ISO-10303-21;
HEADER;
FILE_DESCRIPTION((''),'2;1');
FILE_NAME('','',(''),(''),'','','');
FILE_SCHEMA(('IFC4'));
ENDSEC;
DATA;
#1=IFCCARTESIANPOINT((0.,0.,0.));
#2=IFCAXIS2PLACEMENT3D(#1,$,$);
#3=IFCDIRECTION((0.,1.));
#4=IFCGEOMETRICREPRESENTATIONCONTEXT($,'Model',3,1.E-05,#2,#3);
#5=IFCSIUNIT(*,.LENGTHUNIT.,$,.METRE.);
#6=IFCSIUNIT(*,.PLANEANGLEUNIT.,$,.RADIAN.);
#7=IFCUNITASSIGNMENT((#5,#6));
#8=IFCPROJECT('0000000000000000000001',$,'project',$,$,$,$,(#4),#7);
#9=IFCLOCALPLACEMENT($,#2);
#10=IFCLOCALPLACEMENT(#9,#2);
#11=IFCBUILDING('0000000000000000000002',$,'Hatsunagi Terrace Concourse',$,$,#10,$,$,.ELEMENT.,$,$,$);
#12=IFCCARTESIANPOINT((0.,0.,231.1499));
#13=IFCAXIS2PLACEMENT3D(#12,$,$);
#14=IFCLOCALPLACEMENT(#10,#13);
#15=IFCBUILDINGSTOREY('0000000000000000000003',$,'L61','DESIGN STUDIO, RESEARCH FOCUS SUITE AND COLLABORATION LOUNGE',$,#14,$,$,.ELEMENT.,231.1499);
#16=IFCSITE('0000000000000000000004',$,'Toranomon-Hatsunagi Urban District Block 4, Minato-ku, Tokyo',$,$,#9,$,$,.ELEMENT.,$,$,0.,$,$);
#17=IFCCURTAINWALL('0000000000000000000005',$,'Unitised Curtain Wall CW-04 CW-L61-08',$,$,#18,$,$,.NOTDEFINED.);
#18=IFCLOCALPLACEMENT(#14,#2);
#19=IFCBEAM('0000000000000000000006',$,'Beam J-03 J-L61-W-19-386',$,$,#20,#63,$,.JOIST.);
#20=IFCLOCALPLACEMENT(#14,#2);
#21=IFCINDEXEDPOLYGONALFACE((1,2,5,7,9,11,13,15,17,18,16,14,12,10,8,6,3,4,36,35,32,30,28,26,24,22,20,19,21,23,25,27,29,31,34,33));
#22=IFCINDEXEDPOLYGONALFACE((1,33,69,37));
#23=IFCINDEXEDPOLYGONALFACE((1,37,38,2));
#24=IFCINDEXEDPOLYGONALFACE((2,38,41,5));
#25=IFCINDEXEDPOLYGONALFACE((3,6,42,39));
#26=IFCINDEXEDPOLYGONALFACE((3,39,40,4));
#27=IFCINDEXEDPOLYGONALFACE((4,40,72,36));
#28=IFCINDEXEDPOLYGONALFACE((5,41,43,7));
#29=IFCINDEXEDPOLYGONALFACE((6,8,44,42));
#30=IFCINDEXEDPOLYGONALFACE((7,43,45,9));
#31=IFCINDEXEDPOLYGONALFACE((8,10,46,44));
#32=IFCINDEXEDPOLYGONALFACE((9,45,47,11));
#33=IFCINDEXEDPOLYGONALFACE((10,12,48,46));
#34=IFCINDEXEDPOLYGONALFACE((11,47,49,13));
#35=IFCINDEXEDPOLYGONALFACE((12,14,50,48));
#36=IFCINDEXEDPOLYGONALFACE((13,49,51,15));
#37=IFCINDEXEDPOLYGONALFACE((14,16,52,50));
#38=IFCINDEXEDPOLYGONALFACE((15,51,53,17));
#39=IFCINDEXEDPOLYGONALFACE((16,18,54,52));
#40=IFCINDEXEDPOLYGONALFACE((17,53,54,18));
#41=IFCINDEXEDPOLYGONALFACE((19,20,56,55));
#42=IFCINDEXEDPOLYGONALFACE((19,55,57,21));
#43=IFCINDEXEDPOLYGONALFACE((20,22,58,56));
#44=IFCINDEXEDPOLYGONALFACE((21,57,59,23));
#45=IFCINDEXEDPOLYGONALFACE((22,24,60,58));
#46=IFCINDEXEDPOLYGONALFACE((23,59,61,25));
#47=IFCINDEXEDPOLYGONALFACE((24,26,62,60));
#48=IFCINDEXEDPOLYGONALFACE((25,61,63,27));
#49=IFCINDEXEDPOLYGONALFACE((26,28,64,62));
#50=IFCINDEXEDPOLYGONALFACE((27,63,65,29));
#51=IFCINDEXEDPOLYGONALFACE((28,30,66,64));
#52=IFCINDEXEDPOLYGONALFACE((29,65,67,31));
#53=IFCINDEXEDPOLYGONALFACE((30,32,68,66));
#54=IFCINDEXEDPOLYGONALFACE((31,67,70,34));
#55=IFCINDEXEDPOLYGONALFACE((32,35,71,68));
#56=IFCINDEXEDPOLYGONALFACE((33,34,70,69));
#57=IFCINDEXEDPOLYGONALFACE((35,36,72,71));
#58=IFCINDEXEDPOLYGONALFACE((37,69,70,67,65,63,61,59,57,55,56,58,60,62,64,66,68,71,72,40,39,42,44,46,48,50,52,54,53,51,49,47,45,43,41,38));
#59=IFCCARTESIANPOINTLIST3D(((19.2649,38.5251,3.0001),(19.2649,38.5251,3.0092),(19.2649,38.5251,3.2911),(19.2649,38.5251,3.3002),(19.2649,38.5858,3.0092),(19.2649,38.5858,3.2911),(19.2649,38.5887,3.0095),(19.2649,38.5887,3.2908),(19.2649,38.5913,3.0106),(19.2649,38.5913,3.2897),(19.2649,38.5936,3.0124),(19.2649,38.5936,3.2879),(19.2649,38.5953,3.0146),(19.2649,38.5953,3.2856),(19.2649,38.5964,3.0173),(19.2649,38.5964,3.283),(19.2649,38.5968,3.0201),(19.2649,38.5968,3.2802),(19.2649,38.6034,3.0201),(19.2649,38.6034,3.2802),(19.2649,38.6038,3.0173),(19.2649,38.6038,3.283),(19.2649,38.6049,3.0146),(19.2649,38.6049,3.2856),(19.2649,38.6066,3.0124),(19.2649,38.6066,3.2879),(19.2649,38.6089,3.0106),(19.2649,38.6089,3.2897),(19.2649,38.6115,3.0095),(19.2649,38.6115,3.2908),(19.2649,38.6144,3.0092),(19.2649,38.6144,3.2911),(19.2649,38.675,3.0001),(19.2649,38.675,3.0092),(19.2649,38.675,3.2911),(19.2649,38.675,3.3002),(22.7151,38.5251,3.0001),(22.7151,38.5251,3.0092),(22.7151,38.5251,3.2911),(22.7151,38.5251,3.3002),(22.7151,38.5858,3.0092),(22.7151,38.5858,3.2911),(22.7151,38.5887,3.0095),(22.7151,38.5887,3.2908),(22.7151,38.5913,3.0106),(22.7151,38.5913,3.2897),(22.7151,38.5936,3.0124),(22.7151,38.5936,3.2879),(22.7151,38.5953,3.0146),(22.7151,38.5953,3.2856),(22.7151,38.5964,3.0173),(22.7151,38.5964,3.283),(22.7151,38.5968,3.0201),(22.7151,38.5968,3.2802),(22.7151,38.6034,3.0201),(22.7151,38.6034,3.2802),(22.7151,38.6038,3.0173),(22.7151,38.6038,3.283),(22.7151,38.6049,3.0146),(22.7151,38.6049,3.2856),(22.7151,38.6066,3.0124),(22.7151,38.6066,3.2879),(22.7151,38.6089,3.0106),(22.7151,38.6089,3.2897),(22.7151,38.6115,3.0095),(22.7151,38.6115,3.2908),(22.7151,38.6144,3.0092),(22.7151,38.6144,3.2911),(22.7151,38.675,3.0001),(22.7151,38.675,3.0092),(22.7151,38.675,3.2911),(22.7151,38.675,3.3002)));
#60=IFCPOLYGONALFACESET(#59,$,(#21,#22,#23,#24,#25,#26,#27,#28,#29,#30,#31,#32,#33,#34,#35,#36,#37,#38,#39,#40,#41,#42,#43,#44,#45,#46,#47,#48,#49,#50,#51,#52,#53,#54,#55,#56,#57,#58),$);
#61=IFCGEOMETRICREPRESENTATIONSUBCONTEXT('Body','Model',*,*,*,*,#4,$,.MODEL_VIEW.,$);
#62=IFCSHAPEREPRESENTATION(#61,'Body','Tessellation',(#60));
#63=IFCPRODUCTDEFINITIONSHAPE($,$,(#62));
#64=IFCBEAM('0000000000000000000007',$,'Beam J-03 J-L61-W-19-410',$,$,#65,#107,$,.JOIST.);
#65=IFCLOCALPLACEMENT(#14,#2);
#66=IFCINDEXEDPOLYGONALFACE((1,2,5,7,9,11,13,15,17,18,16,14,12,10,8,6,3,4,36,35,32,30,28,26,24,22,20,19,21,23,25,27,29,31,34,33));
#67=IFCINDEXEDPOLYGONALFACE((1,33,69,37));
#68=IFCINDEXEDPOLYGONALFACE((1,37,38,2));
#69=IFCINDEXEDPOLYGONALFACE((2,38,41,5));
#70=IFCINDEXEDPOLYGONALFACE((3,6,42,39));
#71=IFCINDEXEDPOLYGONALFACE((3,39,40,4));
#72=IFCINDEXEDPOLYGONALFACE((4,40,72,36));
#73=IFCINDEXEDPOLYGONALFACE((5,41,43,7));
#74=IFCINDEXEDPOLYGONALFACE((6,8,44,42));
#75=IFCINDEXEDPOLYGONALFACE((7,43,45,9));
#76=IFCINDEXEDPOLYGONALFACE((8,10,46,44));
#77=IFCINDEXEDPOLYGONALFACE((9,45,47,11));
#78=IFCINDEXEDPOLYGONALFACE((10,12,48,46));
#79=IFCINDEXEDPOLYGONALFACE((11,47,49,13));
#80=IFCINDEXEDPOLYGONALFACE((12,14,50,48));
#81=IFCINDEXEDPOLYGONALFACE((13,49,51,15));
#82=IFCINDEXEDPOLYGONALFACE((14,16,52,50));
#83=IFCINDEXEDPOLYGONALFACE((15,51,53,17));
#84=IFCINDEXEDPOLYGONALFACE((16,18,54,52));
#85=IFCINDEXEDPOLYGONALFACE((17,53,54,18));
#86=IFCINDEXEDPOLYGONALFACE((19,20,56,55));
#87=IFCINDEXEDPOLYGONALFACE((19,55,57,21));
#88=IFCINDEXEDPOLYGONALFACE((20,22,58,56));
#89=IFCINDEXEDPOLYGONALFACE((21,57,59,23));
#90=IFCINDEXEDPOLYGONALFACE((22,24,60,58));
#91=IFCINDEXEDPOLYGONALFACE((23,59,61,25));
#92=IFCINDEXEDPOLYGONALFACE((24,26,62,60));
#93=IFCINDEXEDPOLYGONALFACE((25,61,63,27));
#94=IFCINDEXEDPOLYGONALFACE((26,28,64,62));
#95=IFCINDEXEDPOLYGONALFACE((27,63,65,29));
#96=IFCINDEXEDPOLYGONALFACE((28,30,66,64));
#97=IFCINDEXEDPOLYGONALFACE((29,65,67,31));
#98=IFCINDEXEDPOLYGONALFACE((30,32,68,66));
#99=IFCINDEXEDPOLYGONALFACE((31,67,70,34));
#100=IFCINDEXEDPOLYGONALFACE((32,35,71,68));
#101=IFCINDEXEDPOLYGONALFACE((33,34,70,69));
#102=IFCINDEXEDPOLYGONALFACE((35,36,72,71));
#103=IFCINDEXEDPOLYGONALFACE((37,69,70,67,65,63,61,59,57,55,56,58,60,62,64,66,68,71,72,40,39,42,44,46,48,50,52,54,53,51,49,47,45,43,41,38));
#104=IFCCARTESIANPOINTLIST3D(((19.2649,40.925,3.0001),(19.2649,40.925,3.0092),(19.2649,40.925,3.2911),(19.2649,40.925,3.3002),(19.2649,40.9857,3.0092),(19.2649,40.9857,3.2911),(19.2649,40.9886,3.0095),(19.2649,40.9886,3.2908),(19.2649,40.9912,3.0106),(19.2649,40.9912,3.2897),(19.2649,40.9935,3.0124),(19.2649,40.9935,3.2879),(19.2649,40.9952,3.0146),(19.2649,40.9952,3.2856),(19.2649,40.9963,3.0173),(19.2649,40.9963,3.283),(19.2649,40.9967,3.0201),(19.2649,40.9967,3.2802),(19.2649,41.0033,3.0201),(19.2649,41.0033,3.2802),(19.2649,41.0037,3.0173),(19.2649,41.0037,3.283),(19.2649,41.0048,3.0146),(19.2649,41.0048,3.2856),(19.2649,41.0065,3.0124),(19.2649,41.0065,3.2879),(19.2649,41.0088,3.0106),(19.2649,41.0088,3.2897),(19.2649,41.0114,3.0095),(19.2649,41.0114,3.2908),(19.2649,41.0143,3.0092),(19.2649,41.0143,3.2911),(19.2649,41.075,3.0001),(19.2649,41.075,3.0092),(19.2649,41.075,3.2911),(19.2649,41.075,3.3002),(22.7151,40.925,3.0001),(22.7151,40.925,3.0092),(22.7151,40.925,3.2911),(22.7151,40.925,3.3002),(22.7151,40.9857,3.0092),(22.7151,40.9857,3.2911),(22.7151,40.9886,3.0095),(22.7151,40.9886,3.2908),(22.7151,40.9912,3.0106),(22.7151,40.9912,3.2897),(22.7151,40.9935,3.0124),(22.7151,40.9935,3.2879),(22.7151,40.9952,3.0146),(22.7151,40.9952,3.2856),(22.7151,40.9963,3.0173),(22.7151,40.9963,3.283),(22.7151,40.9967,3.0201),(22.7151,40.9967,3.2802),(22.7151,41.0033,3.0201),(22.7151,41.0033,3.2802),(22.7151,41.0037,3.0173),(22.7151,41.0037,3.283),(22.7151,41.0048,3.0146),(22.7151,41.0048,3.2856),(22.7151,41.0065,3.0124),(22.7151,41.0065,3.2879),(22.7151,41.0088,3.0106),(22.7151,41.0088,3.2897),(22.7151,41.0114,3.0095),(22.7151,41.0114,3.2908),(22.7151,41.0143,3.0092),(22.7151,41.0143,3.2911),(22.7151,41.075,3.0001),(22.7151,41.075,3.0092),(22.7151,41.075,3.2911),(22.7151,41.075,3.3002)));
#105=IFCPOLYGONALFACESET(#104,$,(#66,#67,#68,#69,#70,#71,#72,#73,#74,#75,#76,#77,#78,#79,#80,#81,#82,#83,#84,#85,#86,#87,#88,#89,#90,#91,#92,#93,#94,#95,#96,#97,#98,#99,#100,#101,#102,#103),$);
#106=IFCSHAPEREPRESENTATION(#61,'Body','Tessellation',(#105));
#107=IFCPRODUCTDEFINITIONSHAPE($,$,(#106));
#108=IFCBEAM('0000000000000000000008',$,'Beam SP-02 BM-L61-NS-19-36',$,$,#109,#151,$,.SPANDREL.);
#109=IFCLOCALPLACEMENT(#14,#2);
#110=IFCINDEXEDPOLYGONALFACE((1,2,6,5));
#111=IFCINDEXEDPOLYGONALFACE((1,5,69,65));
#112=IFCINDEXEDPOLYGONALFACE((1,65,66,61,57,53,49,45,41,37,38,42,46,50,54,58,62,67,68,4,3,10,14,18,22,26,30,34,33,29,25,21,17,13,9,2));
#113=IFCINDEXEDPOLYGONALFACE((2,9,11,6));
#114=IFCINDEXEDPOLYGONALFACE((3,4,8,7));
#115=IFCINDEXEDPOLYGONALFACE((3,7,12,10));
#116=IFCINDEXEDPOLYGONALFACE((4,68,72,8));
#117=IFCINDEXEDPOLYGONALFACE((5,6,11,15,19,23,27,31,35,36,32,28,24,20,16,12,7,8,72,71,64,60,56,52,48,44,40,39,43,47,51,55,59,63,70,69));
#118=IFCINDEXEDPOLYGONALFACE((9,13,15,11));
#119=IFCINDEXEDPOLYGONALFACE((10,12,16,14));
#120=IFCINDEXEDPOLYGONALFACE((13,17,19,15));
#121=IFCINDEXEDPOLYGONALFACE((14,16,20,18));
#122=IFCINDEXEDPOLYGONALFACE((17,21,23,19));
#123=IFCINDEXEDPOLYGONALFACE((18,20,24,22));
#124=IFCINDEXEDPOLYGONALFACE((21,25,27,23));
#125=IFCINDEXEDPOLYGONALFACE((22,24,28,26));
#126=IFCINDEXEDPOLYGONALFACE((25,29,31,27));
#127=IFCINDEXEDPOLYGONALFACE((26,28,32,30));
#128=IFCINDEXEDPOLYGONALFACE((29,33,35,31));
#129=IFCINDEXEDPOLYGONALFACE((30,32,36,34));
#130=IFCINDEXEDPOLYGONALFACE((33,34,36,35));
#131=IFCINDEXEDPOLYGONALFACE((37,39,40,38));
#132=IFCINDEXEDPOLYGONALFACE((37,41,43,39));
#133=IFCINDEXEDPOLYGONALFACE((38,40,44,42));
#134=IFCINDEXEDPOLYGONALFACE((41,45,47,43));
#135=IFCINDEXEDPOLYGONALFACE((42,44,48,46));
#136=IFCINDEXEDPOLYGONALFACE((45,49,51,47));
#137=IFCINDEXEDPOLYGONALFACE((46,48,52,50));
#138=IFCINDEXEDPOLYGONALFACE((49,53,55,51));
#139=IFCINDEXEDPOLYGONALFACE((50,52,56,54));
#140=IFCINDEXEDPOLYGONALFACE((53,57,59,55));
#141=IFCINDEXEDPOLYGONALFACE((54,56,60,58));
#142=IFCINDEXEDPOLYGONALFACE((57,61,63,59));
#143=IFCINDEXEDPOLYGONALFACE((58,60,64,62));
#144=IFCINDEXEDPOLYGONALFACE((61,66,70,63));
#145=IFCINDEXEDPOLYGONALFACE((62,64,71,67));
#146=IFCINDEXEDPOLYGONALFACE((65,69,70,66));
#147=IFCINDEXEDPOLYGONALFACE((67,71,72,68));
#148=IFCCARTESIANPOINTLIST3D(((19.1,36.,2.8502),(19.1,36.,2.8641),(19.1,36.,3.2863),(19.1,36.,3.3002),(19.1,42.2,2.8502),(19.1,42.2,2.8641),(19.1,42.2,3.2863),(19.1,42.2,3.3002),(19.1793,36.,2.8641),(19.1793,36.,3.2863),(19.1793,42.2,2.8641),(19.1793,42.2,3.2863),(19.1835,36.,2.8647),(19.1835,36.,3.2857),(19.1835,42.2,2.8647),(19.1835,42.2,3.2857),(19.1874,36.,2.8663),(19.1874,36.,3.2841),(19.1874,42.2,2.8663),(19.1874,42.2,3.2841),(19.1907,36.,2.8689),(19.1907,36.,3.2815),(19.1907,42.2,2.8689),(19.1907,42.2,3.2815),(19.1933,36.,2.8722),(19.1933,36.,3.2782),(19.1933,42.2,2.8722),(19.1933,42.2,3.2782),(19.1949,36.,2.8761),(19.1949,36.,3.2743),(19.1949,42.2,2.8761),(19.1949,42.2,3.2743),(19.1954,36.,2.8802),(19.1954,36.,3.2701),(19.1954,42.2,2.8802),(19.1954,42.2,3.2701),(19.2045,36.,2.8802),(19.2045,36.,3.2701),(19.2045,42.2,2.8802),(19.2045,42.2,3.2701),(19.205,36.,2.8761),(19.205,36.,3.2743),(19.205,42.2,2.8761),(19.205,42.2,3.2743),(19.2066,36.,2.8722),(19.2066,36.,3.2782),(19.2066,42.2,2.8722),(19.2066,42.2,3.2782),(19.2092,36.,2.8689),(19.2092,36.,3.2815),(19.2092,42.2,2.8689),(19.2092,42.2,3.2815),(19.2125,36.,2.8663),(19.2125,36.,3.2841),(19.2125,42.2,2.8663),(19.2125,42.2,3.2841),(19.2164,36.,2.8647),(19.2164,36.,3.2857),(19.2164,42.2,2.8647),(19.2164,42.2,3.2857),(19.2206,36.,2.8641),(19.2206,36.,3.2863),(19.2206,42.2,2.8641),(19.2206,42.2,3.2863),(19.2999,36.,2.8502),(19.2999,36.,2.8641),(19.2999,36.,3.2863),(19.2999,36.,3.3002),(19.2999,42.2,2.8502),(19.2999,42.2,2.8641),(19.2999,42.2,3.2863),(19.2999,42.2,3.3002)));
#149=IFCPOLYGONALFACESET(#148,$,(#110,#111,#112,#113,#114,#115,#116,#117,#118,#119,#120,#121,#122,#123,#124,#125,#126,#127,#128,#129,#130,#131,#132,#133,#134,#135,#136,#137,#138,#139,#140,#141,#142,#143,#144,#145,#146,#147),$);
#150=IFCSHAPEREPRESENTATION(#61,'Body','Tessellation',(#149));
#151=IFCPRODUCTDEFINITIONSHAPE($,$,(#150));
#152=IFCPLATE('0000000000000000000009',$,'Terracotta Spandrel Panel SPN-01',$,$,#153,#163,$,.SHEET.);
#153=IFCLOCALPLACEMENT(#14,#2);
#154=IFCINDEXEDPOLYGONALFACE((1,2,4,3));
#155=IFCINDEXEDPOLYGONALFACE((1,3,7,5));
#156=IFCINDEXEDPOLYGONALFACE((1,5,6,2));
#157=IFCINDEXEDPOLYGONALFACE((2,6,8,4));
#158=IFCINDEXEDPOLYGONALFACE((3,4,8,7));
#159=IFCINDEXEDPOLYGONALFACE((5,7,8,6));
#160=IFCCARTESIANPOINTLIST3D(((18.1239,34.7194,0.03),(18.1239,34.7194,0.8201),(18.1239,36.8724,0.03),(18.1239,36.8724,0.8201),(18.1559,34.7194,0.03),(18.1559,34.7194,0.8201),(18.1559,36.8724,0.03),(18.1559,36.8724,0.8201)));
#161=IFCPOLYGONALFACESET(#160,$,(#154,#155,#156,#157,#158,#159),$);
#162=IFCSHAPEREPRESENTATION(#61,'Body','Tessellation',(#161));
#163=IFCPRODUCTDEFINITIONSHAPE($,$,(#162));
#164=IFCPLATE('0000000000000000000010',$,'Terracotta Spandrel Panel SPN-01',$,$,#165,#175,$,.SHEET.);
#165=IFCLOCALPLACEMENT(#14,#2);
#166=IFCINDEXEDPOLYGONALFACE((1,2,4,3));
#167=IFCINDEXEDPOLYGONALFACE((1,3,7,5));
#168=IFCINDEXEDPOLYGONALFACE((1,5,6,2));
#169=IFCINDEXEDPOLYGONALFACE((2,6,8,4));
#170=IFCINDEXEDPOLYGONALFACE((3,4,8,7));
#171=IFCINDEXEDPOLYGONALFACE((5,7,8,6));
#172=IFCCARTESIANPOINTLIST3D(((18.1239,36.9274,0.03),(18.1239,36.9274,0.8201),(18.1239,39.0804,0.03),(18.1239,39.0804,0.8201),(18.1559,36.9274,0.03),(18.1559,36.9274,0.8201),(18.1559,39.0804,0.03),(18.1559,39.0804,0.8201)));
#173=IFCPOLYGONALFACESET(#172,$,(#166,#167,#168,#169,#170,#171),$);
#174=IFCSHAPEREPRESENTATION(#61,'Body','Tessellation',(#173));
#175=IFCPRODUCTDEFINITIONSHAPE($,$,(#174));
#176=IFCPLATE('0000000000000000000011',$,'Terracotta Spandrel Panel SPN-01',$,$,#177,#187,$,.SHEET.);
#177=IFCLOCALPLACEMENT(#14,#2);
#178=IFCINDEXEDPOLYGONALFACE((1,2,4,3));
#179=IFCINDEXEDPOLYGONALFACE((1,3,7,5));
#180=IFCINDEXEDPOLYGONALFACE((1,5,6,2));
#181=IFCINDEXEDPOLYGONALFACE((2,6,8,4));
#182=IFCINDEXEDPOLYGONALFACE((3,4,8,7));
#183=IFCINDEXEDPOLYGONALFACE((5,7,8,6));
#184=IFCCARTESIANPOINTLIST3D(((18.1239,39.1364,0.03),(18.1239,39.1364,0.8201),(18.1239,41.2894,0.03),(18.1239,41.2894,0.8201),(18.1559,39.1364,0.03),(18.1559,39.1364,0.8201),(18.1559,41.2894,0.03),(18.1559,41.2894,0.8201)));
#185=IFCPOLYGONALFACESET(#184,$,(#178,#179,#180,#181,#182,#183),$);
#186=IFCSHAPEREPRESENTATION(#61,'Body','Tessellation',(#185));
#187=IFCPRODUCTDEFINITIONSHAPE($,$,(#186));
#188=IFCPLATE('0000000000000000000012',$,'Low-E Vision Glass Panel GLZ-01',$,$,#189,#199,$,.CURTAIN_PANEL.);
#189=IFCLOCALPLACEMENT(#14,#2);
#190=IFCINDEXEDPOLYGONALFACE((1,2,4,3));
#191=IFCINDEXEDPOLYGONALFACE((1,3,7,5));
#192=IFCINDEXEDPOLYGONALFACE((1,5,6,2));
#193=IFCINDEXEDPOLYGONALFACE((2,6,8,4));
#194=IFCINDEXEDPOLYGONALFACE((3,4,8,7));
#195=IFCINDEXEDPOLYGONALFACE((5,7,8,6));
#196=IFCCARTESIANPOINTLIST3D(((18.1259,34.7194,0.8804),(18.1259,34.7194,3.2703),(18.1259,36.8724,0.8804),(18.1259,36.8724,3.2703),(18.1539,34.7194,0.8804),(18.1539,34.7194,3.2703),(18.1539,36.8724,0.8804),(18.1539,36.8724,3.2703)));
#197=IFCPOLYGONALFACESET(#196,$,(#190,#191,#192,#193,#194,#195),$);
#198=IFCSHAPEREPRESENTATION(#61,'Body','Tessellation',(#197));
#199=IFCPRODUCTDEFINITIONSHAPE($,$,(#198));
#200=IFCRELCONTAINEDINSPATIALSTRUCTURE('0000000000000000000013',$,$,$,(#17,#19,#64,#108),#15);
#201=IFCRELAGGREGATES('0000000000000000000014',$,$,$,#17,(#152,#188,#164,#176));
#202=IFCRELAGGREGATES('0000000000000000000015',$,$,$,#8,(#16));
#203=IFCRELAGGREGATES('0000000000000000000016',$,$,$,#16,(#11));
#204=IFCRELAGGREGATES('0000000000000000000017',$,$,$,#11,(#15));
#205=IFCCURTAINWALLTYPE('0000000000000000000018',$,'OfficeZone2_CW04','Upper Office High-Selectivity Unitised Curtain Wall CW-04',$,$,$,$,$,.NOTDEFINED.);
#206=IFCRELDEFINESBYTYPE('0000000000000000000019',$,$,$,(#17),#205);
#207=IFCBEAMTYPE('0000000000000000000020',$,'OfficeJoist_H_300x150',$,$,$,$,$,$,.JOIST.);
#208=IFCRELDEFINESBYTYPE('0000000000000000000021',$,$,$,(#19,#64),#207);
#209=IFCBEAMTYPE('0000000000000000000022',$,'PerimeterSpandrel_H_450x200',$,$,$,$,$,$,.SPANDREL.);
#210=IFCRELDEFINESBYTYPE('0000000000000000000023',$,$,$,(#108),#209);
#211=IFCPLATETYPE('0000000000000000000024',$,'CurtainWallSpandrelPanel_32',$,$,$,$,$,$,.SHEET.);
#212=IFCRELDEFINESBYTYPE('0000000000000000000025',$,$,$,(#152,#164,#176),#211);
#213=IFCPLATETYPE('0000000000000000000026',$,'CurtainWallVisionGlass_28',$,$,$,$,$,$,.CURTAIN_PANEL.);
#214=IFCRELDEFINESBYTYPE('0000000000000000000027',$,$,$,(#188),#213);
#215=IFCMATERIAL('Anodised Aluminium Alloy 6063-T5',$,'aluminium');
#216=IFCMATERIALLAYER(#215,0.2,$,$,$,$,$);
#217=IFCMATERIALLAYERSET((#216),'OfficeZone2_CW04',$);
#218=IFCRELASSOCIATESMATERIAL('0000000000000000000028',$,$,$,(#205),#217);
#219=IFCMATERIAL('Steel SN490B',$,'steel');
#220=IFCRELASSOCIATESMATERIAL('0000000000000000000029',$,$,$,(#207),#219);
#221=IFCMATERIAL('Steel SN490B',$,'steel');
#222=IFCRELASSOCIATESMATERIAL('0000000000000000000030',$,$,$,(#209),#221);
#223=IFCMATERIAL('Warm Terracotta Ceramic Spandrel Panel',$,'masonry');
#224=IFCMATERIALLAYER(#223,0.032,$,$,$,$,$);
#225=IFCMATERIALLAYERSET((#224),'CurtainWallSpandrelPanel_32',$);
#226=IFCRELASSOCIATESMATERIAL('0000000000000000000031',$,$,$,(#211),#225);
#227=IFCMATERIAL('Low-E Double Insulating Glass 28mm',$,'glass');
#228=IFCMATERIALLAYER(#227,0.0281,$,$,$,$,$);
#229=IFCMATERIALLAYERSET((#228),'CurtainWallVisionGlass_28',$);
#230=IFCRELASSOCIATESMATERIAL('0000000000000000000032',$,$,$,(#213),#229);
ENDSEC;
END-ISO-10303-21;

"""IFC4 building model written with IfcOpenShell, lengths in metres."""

from ifc_helpers import new_model, si_unit, direction, frame, origin, origin_2d, place, context, subcontext, project, spatial, rectangle, i_section, extrude, material, layer, layer_set, material_profile, profile_set, type_object, element, aggregate, save


model = new_model("IFC4")

# Units and contexts
model_context = context("Model", 3, precision=1e-05, world=origin(), true_north=direction((0.0, 1.0)))
body_context = subcontext(model_context, "Body", "Model", "MODEL_VIEW")
ifc_project = project(units=[si_unit("LENGTHUNIT", "METRE"), si_unit("PLANEANGLEUNIT", "RADIAN")], contexts=[model_context])

# Site, building, storey
site_placement = place(None, origin())
site = spatial("IfcSite", under=ifc_project, at=site_placement, Name="Toranomon-Hatsunagi Urban District Block 4, Minato-ku, Tokyo", CompositionType="ELEMENT", RefElevation=0.0)
building_placement = place(site_placement, origin())
building = spatial("IfcBuilding", under=site, at=building_placement, Name="Hatsunagi Terrace Concourse", CompositionType="ELEMENT")
storey_placement = place(building_placement, frame((0.0, 0.0, 231.1499)))
storey = spatial("IfcBuildingStorey", under=building, at=storey_placement, Name="L61", Description="DESIGN STUDIO, RESEARCH FOCUS SUITE AND COLLABORATION LOUNGE", CompositionType="ELEMENT", Elevation=231.1499)

# Curtain wall
ifc_material_1 = material(Name="Anodised Aluminium Alloy 6063-T5", Category="aluminium")
ifc_layer_1 = layer(ifc_material_1, 0.2)
ifc_layer_set_1 = layer_set([ifc_layer_1], Name="OfficeZone2_CW04")
curtain_wall_type = type_object("IfcCurtainWallType", Name="OfficeZone2_CW04", Description="Upper Office High-Selectivity Unitised Curtain Wall CW-04", PredefinedType="NOTDEFINED", material=ifc_layer_set_1)
curtain_wall_placement = place(storey_placement, origin())
curtain_wall = element("IfcCurtainWall", 1, at=curtain_wall_placement, inside=storey, type_object=curtain_wall_type, Name="Unitised Curtain Wall CW-04 CW-L61-08", PredefinedType="NOTDEFINED")

# Beams
ifc_material_2 = material(Name="Steel SN490B", Category="steel")
ifc_material_profile_1 = material_profile(ifc_material_2, i_section(OverallWidth=0.1499, OverallDepth=0.3, WebThickness=0.0066, FlangeThickness=0.009, FilletRadius=0.011, at=origin_2d()), Name="H-300x150x6.5x9")
ifc_profile_set_1 = profile_set([ifc_material_profile_1], Name="Steel SN490B")
beam_type_1 = type_object("IfcBeamType", Name="OfficeJoist_H_300x150", PredefinedType="JOIST", material=ifc_profile_set_1)
for number, where, z_axis, x_axis, name in (
    (2, (19.2649, 38.6001, 3.1501), (1.0, 0.0, 0.0), (0.0, 1.0, 0.0), "Beam J-03 J-L61-W-19-386"),
    (3, (19.2649, 41.0, 3.1501), (1.0, 0.0, 0.0), (0.0, 1.0, 0.0), "Beam J-03 J-L61-W-19-410"),
):
    element("IfcBeam", number, at=place(storey_placement, frame(where, z_axis=z_axis, x_axis=x_axis)), inside=storey, type_object=beam_type_1, Name=name, PredefinedType="JOIST", context=body_context, shape_type="SweptSolid", body=[
        extrude(i_section(OverallWidth=0.1499, OverallDepth=0.3, WebThickness=0.0066, FlangeThickness=0.009, FilletRadius=0.011, at=origin_2d()), origin(), (0.0, 0.0, 1.0), 3.4502),
    ])
ifc_material_3 = material(Name="Steel SN490B", Category="steel")
ifc_material_profile_2 = material_profile(ifc_material_3, i_section(OverallWidth=0.2, OverallDepth=0.45, WebThickness=0.009, FlangeThickness=0.0139, FilletRadius=0.0161, at=origin_2d()), Name="H-450x200x9x14")
ifc_profile_set_2 = profile_set([ifc_material_profile_2], Name="Steel SN490B")
beam_type_2 = type_object("IfcBeamType", Name="PerimeterSpandrel_H_450x200", PredefinedType="SPANDREL", material=ifc_profile_set_2)
beam_1_placement = place(storey_placement, frame((19.2, 36.0, 3.0752), z_axis=(0.0, 1.0, 0.0), x_axis=(-1.0, 0.0, 0.0)))
element("IfcBeam", 4, at=beam_1_placement, inside=storey, type_object=beam_type_2, Name="Beam SP-02 BM-L61-NS-19-36", PredefinedType="SPANDREL", context=body_context, shape_type="SweptSolid", body=[
    extrude(i_section(OverallWidth=0.2, OverallDepth=0.45, WebThickness=0.009, FlangeThickness=0.0139, FilletRadius=0.0161, at=origin_2d()), origin(), (0.0, 0.0, 1.0), 6.2),
])

# Plates
ifc_material_4 = material(Name="Warm Terracotta Ceramic Spandrel Panel", Category="masonry")
ifc_layer_2 = layer(ifc_material_4, 0.032)
ifc_layer_set_2 = layer_set([ifc_layer_2], Name="CurtainWallSpandrelPanel_32")
plate_type_1 = type_object("IfcPlateType", Name="CurtainWallSpandrelPanel_32", PredefinedType="SHEET", material=ifc_layer_set_2)
plate_1_placement = place(storey_placement, frame((18.1399, 35.7959, 0.03), z_axis=(0.0, 0.0, 1.0), x_axis=(0.0, 1.0, 0.0)))
plate_1 = element("IfcPlate", 5, at=plate_1_placement, type_object=plate_type_1, Name="Terracotta Spandrel Panel SPN-01", PredefinedType="SHEET", context=body_context, shape_type="SweptSolid", body=[
    extrude(rectangle(XDim=2.1531, YDim=0.032, at=origin_2d()), origin(), (0.0, 0.0, 1.0), 0.79),
])
plate_2_placement = place(storey_placement, frame((18.1399, 38.0039, 0.03), z_axis=(0.0, 0.0, 1.0), x_axis=(0.0, 1.0, 0.0)))
plate_2 = element("IfcPlate", 6, at=plate_2_placement, type_object=plate_type_1, Name="Terracotta Spandrel Panel SPN-01", PredefinedType="SHEET", context=body_context, shape_type="SweptSolid", body=[
    extrude(rectangle(XDim=2.1531, YDim=0.032, at=origin_2d()), origin(), (0.0, 0.0, 1.0), 0.79),
])
plate_3_placement = place(storey_placement, frame((18.1399, 40.2129, 0.03), z_axis=(0.0, 0.0, 1.0), x_axis=(0.0, 1.0, 0.0)))
plate_3 = element("IfcPlate", 7, at=plate_3_placement, type_object=plate_type_1, Name="Terracotta Spandrel Panel SPN-01", PredefinedType="SHEET", context=body_context, shape_type="SweptSolid", body=[
    extrude(rectangle(XDim=2.1531, YDim=0.032, at=origin_2d()), origin(), (0.0, 0.0, 1.0), 0.79),
])
ifc_material_5 = material(Name="Low-E Double Insulating Glass 28mm", Category="glass")
ifc_layer_3 = layer(ifc_material_5, 0.0281)
ifc_layer_set_3 = layer_set([ifc_layer_3], Name="CurtainWallVisionGlass_28")
plate_type_2 = type_object("IfcPlateType", Name="CurtainWallVisionGlass_28", PredefinedType="CURTAIN_PANEL", material=ifc_layer_set_3)
plate_4_placement = place(storey_placement, frame((18.1399, 35.7959, 0.8804), z_axis=(0.0, 0.0, 1.0), x_axis=(0.0, 1.0, 0.0)))
plate_4 = element("IfcPlate", 8, at=plate_4_placement, type_object=plate_type_2, Name="Low-E Vision Glass Panel GLZ-01", PredefinedType="CURTAIN_PANEL", context=body_context, shape_type="SweptSolid", body=[
    extrude(rectangle(XDim=2.1531, YDim=0.0281, at=origin_2d()), origin(), (0.0, 0.0, 1.0), 2.3899),
])
aggregate(curtain_wall, [plate_1, plate_4, plate_2, plate_3])

save(model, "model.ifc")
